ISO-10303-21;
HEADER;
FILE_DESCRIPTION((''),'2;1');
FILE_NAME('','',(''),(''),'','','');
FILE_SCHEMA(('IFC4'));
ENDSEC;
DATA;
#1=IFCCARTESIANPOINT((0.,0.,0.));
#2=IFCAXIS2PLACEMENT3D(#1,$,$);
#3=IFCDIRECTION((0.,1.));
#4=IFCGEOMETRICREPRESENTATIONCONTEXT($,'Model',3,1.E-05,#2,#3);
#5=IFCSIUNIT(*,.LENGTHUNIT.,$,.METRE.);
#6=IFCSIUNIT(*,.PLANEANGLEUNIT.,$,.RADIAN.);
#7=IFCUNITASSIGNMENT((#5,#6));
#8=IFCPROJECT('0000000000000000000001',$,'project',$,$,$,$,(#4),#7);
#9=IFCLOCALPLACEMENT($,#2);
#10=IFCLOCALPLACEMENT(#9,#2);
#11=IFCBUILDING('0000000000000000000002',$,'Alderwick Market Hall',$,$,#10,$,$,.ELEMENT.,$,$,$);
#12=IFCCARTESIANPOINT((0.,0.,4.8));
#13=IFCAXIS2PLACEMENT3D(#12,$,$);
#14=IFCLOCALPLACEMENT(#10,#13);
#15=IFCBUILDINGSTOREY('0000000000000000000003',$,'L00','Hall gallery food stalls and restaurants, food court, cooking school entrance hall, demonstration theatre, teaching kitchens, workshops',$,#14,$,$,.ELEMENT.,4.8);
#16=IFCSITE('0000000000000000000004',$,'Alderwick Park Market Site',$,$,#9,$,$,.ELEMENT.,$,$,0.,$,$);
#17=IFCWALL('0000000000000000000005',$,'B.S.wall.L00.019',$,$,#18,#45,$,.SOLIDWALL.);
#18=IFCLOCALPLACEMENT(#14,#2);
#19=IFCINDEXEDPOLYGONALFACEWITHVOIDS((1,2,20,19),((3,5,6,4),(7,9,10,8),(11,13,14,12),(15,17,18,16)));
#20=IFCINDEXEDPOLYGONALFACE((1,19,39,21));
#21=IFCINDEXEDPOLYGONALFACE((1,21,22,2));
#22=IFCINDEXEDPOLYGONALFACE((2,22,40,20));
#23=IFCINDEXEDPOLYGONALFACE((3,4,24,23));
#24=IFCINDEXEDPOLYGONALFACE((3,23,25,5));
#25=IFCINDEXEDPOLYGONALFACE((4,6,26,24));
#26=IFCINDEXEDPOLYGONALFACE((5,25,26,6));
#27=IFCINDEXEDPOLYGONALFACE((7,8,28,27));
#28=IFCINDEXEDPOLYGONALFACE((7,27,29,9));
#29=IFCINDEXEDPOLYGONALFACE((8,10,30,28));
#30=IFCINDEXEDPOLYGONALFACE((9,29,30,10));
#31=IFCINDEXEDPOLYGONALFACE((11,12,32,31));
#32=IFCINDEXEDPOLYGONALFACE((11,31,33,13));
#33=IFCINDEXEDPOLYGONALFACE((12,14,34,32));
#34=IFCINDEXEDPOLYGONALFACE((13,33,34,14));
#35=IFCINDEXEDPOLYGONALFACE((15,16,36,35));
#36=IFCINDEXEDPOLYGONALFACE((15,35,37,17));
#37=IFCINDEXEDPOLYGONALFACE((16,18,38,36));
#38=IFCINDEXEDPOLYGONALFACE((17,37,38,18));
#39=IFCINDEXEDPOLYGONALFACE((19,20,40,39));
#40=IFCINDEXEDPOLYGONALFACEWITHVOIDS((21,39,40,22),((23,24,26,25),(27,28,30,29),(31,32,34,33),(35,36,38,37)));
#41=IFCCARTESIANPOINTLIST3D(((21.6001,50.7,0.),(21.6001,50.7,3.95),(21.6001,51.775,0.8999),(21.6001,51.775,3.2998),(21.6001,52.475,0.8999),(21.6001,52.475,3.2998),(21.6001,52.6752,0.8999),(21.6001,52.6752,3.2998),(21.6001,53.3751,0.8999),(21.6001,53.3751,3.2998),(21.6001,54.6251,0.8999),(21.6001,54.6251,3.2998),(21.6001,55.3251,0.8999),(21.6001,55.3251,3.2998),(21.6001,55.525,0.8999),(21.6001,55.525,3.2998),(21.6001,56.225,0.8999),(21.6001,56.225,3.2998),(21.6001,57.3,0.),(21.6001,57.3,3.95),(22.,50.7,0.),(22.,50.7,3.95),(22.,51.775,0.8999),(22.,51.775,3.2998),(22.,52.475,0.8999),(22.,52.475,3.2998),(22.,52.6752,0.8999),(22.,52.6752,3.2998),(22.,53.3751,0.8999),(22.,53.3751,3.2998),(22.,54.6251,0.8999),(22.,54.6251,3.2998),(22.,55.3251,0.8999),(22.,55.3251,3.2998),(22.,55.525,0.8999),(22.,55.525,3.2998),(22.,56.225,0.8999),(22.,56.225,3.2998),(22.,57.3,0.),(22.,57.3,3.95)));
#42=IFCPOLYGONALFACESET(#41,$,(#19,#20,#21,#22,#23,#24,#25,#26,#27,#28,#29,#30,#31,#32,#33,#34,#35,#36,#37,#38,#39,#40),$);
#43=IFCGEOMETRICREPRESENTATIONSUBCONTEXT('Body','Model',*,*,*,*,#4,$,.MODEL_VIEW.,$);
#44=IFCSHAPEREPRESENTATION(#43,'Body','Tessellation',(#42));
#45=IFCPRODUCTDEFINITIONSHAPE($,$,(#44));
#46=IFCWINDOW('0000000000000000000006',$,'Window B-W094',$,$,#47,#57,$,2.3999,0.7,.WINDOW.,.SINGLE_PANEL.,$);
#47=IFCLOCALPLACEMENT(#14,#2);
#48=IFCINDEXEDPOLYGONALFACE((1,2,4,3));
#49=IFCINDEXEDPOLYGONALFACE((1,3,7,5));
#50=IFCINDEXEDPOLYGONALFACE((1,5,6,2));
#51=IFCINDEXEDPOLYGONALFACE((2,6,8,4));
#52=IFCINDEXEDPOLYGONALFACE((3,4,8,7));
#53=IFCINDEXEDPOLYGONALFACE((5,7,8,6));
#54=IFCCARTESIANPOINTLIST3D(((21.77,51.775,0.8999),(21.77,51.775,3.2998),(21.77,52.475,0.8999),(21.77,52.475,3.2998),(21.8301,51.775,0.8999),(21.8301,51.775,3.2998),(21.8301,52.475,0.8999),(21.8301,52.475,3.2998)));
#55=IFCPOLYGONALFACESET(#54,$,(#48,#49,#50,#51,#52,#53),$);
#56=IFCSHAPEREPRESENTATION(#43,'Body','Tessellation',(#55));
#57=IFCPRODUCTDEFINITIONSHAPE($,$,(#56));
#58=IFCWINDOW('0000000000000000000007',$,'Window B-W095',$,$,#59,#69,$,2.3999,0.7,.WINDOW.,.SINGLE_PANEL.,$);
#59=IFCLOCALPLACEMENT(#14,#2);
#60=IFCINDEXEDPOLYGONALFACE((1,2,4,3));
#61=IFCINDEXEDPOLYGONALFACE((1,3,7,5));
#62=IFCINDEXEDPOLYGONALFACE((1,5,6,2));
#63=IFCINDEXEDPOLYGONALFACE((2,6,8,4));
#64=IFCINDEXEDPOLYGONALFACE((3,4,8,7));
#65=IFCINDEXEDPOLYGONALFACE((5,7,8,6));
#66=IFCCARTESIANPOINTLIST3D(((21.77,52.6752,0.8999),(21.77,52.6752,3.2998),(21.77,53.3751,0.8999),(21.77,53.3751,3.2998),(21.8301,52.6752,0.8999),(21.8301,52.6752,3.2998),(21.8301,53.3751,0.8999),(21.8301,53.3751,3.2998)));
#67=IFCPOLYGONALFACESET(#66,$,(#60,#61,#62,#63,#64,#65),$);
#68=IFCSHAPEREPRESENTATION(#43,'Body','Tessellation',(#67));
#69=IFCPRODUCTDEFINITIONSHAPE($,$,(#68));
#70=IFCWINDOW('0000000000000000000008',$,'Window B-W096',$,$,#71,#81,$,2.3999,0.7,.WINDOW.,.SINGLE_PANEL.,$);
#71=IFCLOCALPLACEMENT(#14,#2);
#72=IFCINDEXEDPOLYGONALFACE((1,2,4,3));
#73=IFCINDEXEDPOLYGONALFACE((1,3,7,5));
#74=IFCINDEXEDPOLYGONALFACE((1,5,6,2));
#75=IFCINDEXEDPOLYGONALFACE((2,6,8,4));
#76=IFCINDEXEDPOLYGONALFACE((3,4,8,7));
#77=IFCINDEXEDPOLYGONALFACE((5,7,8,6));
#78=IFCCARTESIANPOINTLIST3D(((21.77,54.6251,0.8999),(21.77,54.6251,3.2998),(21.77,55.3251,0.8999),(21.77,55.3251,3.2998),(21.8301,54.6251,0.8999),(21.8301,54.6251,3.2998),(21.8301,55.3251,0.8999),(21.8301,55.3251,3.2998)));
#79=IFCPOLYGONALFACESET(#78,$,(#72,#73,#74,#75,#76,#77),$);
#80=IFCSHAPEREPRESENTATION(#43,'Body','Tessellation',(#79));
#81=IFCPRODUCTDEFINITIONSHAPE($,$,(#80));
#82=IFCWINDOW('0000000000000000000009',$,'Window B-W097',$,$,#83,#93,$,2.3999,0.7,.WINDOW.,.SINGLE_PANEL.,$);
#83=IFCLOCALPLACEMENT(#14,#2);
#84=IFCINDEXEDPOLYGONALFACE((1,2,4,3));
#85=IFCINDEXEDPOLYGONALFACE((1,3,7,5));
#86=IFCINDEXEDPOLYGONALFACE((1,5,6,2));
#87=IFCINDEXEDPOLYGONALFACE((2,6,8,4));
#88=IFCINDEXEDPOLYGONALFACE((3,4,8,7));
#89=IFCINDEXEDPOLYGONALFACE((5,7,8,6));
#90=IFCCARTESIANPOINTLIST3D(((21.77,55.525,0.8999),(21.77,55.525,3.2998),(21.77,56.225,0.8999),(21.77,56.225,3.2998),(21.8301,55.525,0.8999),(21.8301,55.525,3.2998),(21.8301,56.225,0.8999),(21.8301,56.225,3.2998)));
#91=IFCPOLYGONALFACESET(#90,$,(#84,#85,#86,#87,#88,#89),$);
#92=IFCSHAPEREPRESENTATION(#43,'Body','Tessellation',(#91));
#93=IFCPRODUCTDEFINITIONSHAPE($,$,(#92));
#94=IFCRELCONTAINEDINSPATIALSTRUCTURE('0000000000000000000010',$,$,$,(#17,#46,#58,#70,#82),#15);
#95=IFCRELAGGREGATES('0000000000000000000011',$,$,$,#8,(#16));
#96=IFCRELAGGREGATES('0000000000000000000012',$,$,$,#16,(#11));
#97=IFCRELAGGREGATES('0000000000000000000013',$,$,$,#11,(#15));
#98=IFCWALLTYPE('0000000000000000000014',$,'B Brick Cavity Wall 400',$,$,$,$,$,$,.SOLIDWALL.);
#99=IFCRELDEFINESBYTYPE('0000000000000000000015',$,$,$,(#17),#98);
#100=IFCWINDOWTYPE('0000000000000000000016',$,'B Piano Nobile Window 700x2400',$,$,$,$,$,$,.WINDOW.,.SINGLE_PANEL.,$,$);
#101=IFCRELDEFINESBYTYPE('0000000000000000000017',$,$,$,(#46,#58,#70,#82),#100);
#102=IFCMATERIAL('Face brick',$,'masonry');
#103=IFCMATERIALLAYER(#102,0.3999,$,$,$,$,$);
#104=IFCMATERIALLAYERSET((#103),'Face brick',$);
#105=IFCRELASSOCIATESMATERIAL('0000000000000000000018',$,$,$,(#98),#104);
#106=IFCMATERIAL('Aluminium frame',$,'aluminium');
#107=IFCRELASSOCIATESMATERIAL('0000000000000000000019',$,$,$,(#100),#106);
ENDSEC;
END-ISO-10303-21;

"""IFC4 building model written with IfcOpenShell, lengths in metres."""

from ifc_helpers import new_model, si_unit, direction, frame, frame_2d, origin, place, context, subcontext, project, spatial, rectangle, extrude, material, layer, layer_set, type_object, element, fill, save


model = new_model("IFC4")

# Units and contexts
model_context = context("Model", 3, precision=1e-05, world=origin(), true_north=direction((0.0, 1.0)))
body_context = subcontext(model_context, "Body", "Model", "MODEL_VIEW")
ifc_project = project(units=[si_unit("LENGTHUNIT", "METRE"), si_unit("PLANEANGLEUNIT", "RADIAN")], contexts=[model_context])

# Site, building, storey
site_placement = place(None, origin())
site = spatial("IfcSite", under=ifc_project, at=site_placement, Name="Alderwick Park Market Site", CompositionType="ELEMENT", RefElevation=0.0)
building_placement = place(site_placement, origin())
building = spatial("IfcBuilding", under=site, at=building_placement, Name="Alderwick Market Hall", CompositionType="ELEMENT")
storey_placement = place(building_placement, frame((0.0, 0.0, 4.8)))
storey = spatial("IfcBuildingStorey", under=building, at=storey_placement, Name="L00", Description="Hall gallery food stalls and restaurants, food court, cooking school entrance hall, demonstration theatre, teaching kitchens, workshops", CompositionType="ELEMENT", Elevation=4.8)

# Wall, openings, windows
ifc_material_1 = material(Name="Face brick", Category="masonry")
ifc_layer_1 = layer(ifc_material_1, 0.3999)
ifc_layer_set_1 = layer_set([ifc_layer_1], Name="Face brick")
wall_type_1 = type_object("IfcWallType", Name="B Brick Cavity Wall 400", PredefinedType="SOLIDWALL", material=ifc_layer_set_1)
wall_1_placement = place(storey_placement, frame((21.8, 50.7, 0.0), z_axis=(0.0, 0.0, 1.0), x_axis=(0.0, 1.0, 0.0)))
wall_1 = element("IfcWall", 1, at=wall_1_placement, inside=storey, type_object=wall_type_1, Name="B.S.wall.L00.019", PredefinedType="SOLIDWALL", context=body_context, shape_type="SweptSolid", body=[
    extrude(rectangle(XDim=6.6001, YDim=0.3999, at=frame_2d((3.3, 0.0))), origin(), (0.0, 0.0, 1.0), 3.95),
])
opening_1_placement = place(wall_1_placement, frame((1.075, 0.0, 0.8999)))
opening_1 = element("IfcOpeningElement", 2, at=opening_1_placement, cuts=wall_1, PredefinedType="OPENING", context=body_context, shape_type="SweptSolid", body=[
    extrude(rectangle(XDim=0.7, YDim=2.3999, at=frame_2d((0.3501, 1.2))), frame((0.0, 0.21, 0.0), z_axis=(0.0, -1.0, 0.0), x_axis=(1.0, 0.0, 0.0)), (0.0, 0.0, 1.0), 0.4199),
])
opening_2_placement = place(wall_1_placement, frame((1.9751, 0.0, 0.8999)))
opening_2 = element("IfcOpeningElement", 3, at=opening_2_placement, cuts=wall_1, PredefinedType="OPENING", context=body_context, shape_type="SweptSolid", body=[
    extrude(rectangle(XDim=0.7, YDim=2.3999, at=frame_2d((0.3501, 1.2))), frame((0.0, 0.21, 0.0), z_axis=(0.0, -1.0, 0.0), x_axis=(1.0, 0.0, 0.0)), (0.0, 0.0, 1.0), 0.4199),
])
opening_3_placement = place(wall_1_placement, frame((3.925, 0.0, 0.8999)))
opening_3 = element("IfcOpeningElement", 4, at=opening_3_placement, cuts=wall_1, PredefinedType="OPENING", context=body_context, shape_type="SweptSolid", body=[
    extrude(rectangle(XDim=0.7, YDim=2.3999, at=frame_2d((0.3501, 1.2))), frame((0.0, 0.21, 0.0), z_axis=(0.0, -1.0, 0.0), x_axis=(1.0, 0.0, 0.0)), (0.0, 0.0, 1.0), 0.4199),
])
opening_4_placement = place(wall_1_placement, frame((4.825, 0.0, 0.8999)))
opening_4 = element("IfcOpeningElement", 5, at=opening_4_placement, cuts=wall_1, PredefinedType="OPENING", context=body_context, shape_type="SweptSolid", body=[
    extrude(rectangle(XDim=0.7, YDim=2.3999, at=frame_2d((0.3501, 1.2))), frame((0.0, 0.21, 0.0), z_axis=(0.0, -1.0, 0.0), x_axis=(1.0, 0.0, 0.0)), (0.0, 0.0, 1.0), 0.4199),
])
ifc_material_2 = material(Name="Aluminium frame", Category="aluminium")
window_type = type_object("IfcWindowType", Name="B Piano Nobile Window 700x2400", PartitioningType="SINGLE_PANEL", PredefinedType="WINDOW", material=ifc_material_2)
window_1_placement = place(opening_1_placement, origin())
window_1 = element("IfcWindow", 6, at=window_1_placement, inside=storey, type_object=window_type, Name="Window B-W094", OverallHeight=2.3999, OverallWidth=0.7, PartitioningType="SINGLE_PANEL", PredefinedType="WINDOW", context=body_context, shape_type="SweptSolid", body=[
    extrude(rectangle(XDim=0.7, YDim=2.3999, at=frame_2d((0.3501, 1.2))), frame((0.0, 0.03, 0.0), z_axis=(0.0, -1.0, 0.0), x_axis=(1.0, 0.0, 0.0)), (0.0, 0.0, 1.0), 0.0601),
])
fill(opening_1, window_1)
window_2_placement = place(opening_2_placement, origin())
window_2 = element("IfcWindow", 7, at=window_2_placement, inside=storey, type_object=window_type, Name="Window B-W095", OverallHeight=2.3999, OverallWidth=0.7, PartitioningType="SINGLE_PANEL", PredefinedType="WINDOW", context=body_context, shape_type="SweptSolid", body=[
    extrude(rectangle(XDim=0.7, YDim=2.3999, at=frame_2d((0.3501, 1.2))), frame((0.0, 0.03, 0.0), z_axis=(0.0, -1.0, 0.0), x_axis=(1.0, 0.0, 0.0)), (0.0, 0.0, 1.0), 0.0601),
])
fill(opening_2, window_2)
window_3_placement = place(opening_3_placement, origin())
window_3 = element("IfcWindow", 8, at=window_3_placement, inside=storey, type_object=window_type, Name="Window B-W096", OverallHeight=2.3999, OverallWidth=0.7, PartitioningType="SINGLE_PANEL", PredefinedType="WINDOW", context=body_context, shape_type="SweptSolid", body=[
    extrude(rectangle(XDim=0.7, YDim=2.3999, at=frame_2d((0.3501, 1.2))), frame((0.0, 0.03, 0.0), z_axis=(0.0, -1.0, 0.0), x_axis=(1.0, 0.0, 0.0)), (0.0, 0.0, 1.0), 0.0601),
])
fill(opening_3, window_3)
window_4_placement = place(opening_4_placement, origin())
window_4 = element("IfcWindow", 9, at=window_4_placement, inside=storey, type_object=window_type, Name="Window B-W097", OverallHeight=2.3999, OverallWidth=0.7, PartitioningType="SINGLE_PANEL", PredefinedType="WINDOW", context=body_context, shape_type="SweptSolid", body=[
    extrude(rectangle(XDim=0.7, YDim=2.3999, at=frame_2d((0.3501, 1.2))), frame((0.0, 0.03, 0.0), z_axis=(0.0, -1.0, 0.0), x_axis=(1.0, 0.0, 0.0)), (0.0, 0.0, 1.0), 0.0601),
])
fill(opening_4, window_4)

save(model, "model.ifc")
